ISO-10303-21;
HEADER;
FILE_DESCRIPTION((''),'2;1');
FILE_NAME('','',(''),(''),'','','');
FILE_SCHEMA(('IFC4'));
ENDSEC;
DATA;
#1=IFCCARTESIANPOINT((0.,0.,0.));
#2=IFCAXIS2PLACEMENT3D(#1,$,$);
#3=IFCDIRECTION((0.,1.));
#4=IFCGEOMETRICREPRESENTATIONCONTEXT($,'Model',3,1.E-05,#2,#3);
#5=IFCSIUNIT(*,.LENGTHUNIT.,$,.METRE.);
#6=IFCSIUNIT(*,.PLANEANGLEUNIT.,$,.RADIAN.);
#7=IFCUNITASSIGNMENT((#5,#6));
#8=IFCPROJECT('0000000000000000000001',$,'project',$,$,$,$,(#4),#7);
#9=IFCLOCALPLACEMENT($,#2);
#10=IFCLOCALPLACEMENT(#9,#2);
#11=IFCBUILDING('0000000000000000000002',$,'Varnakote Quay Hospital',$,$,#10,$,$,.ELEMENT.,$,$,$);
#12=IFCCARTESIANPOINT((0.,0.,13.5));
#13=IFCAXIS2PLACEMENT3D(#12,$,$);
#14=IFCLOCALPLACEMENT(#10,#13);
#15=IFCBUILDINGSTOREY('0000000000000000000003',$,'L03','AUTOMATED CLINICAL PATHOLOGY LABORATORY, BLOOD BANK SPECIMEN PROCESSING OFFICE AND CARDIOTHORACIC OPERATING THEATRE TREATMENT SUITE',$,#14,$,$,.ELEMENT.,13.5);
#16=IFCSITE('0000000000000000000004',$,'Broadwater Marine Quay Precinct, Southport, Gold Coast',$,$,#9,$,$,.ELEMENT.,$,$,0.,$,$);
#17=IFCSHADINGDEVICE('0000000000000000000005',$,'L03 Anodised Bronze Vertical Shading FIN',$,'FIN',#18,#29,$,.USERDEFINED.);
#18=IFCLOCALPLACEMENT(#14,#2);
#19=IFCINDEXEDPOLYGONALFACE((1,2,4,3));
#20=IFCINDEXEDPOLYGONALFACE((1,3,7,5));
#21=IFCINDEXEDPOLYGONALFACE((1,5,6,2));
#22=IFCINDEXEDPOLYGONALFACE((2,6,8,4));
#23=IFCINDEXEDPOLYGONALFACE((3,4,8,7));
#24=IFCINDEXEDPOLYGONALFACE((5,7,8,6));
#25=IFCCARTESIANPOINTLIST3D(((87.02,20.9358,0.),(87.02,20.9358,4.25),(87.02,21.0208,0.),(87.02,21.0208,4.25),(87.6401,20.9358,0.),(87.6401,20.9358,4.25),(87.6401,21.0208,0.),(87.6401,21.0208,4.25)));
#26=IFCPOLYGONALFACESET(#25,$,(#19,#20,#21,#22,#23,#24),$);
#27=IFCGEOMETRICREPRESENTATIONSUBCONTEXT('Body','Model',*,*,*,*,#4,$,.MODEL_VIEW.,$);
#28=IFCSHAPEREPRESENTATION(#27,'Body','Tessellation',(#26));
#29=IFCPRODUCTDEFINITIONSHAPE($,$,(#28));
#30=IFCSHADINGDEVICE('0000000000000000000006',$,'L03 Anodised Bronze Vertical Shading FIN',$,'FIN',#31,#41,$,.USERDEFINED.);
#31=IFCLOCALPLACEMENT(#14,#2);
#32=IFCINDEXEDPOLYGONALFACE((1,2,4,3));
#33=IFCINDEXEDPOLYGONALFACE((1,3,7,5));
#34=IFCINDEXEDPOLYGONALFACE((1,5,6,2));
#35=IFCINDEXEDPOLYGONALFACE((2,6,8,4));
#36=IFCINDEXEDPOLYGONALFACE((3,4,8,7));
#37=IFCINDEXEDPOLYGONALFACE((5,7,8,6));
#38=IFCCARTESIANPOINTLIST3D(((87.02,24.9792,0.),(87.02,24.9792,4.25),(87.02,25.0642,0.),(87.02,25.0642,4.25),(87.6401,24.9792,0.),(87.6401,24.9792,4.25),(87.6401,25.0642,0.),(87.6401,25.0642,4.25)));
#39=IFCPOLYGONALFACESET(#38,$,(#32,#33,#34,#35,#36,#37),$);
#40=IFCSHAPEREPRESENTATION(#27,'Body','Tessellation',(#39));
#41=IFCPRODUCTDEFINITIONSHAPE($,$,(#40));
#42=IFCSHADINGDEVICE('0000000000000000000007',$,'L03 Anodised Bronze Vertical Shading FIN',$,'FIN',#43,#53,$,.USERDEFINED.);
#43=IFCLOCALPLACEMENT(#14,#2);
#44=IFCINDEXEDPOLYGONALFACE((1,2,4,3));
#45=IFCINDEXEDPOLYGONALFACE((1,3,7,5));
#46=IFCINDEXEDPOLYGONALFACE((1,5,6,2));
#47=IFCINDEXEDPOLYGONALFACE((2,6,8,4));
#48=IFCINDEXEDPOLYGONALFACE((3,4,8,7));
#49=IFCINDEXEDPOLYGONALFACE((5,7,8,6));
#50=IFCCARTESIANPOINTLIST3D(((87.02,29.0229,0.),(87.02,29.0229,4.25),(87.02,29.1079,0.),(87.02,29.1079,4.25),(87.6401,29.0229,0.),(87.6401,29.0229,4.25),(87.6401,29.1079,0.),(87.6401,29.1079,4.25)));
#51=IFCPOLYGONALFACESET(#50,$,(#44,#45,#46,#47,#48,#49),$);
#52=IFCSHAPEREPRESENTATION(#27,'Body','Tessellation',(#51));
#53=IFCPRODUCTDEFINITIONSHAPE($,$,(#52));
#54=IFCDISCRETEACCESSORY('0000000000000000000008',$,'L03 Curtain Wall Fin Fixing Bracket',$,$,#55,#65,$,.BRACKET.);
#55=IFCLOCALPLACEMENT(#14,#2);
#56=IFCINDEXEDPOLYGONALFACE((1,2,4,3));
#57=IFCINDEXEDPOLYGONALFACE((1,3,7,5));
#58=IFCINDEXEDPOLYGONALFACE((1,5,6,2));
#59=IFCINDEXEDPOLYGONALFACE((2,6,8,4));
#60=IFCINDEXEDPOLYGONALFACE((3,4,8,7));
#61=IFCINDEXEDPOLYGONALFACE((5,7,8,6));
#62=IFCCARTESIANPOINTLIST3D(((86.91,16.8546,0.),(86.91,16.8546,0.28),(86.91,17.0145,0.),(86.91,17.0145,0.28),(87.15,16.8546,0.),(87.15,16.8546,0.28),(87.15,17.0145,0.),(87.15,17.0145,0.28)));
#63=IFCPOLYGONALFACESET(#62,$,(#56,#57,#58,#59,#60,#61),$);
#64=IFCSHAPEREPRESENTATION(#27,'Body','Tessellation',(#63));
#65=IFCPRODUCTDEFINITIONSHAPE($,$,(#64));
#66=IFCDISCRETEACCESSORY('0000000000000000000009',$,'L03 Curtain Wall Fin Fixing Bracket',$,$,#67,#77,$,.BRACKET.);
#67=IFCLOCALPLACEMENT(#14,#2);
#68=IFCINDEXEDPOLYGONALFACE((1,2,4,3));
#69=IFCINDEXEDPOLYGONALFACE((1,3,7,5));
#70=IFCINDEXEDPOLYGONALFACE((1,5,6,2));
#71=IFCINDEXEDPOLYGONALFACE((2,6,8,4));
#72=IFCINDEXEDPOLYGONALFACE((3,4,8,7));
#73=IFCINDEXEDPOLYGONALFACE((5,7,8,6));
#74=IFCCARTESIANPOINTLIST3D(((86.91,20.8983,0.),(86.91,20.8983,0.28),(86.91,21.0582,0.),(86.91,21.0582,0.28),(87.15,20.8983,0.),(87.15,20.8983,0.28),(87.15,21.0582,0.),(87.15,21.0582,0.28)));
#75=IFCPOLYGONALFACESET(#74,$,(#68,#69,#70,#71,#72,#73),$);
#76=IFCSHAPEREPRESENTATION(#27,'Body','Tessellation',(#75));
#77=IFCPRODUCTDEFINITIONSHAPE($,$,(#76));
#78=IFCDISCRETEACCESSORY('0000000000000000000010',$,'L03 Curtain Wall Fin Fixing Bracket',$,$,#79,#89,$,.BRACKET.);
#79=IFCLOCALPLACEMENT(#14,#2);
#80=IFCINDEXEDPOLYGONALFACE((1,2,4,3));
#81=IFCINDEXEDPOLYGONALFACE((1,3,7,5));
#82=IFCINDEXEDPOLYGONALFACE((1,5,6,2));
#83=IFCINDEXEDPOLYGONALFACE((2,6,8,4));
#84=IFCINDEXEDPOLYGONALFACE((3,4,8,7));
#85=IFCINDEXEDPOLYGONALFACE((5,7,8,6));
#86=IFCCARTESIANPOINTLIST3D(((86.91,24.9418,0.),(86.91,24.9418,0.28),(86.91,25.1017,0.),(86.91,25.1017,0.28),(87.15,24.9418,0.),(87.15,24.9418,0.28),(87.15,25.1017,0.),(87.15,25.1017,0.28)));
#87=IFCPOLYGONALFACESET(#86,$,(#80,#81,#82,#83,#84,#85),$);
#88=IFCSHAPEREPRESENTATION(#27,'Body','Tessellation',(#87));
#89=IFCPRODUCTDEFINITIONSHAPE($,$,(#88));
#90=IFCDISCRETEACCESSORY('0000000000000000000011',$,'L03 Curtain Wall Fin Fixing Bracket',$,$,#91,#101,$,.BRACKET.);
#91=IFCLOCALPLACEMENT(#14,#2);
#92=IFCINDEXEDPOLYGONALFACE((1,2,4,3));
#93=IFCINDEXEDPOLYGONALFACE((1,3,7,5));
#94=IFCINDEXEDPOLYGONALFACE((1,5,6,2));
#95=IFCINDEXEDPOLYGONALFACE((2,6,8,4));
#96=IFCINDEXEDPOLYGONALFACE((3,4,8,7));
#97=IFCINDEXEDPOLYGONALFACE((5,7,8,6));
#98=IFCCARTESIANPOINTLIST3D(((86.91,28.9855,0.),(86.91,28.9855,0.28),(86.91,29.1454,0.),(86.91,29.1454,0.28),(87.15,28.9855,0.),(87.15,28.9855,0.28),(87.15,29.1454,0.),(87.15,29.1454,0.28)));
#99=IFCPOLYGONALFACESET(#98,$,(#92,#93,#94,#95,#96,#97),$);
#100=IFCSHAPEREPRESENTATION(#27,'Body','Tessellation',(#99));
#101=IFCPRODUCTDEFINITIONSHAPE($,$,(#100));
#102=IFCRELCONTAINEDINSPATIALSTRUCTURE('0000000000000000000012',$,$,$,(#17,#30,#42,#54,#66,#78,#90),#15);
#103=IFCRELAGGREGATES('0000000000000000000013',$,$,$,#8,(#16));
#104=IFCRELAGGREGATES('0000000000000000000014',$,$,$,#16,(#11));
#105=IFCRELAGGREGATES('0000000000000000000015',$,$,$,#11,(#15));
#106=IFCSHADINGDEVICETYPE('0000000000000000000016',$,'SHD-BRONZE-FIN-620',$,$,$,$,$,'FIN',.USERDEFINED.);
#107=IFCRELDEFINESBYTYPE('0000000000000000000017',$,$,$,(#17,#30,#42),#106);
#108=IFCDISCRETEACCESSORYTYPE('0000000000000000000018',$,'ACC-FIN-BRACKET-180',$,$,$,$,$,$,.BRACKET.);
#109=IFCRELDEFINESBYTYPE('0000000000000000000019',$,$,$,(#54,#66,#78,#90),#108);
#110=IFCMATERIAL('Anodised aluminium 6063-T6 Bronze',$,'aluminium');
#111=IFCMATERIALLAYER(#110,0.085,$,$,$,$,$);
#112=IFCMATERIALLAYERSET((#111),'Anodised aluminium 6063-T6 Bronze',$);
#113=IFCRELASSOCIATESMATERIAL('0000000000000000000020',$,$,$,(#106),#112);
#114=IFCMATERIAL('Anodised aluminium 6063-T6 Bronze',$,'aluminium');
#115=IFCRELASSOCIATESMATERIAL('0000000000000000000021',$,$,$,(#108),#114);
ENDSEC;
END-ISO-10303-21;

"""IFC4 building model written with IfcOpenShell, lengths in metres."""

from ifc_helpers import new_model, si_unit, direction, frame, origin, origin_2d, place, context, subcontext, project, spatial, rectangle, extrude, material, layer, layer_set, type_object, element, save


model = new_model("IFC4")

# Units and contexts
model_context = context("Model", 3, precision=1e-05, world=origin(), true_north=direction((0.0, 1.0)))
body_context = subcontext(model_context, "Body", "Model", "MODEL_VIEW")
ifc_project = project(units=[si_unit("LENGTHUNIT", "METRE"), si_unit("PLANEANGLEUNIT", "RADIAN")], contexts=[model_context])

# Site, building, storey
site_placement = place(None, origin())
site = spatial("IfcSite", under=ifc_project, at=site_placement, Name="Broadwater Marine Quay Precinct, Southport, Gold Coast", CompositionType="ELEMENT", RefElevation=0.0)
building_placement = place(site_placement, origin())
building = spatial("IfcBuilding", under=site, at=building_placement, Name="Varnakote Quay Hospital", CompositionType="ELEMENT")
storey_placement = place(building_placement, frame((0.0, 0.0, 13.5)))
storey = spatial("IfcBuildingStorey", under=building, at=storey_placement, Name="L03", Description="AUTOMATED CLINICAL PATHOLOGY LABORATORY, BLOOD BANK SPECIMEN PROCESSING OFFICE AND CARDIOTHORACIC OPERATING THEATRE TREATMENT SUITE", CompositionType="ELEMENT", Elevation=13.5)

# Shading devices
ifc_material_1 = material(Name="Anodised aluminium 6063-T6 Bronze", Category="aluminium")
ifc_layer_1 = layer(ifc_material_1, 0.085)
ifc_layer_set_1 = layer_set([ifc_layer_1], Name="Anodised aluminium 6063-T6 Bronze")
shading_device_type = type_object("IfcShadingDeviceType", Name="SHD-BRONZE-FIN-620", ElementType="FIN", PredefinedType="USERDEFINED", material=ifc_layer_set_1)
for number, where, z_axis, x_axis, name in (
    (1, (87.3301, 20.9783, 0.0), (0.0, 0.0, 1.0), (-1.0, 0.0, 0.0), "L03 Anodised Bronze Vertical Shading FIN"),
    (2, (87.3301, 25.0217, 0.0), (0.0, 0.0, 1.0), (-1.0, 0.0, 0.0), "L03 Anodised Bronze Vertical Shading FIN"),
    (3, (87.3301, 29.0654, 0.0), (0.0, 0.0, 1.0), (-1.0, 0.0, 0.0), "L03 Anodised Bronze Vertical Shading FIN"),
):
    element("IfcShadingDevice", number, at=place(storey_placement, frame(where, z_axis=z_axis, x_axis=x_axis)), inside=storey, type_object=shading_device_type, Name=name, ObjectType="FIN", PredefinedType="USERDEFINED", context=body_context, shape_type="SweptSolid", body=[
        extrude(rectangle(XDim=0.6201, YDim=0.085, at=origin_2d()), origin(), (0.0, 0.0, 1.0), 4.25),
    ])

# Discrete accessories
ifc_material_2 = material(Name="Anodised aluminium 6063-T6 Bronze", Category="aluminium")
discrete_accessory_type = type_object("IfcDiscreteAccessoryType", Name="ACC-FIN-BRACKET-180", PredefinedType="BRACKET", material=ifc_material_2)
for number, where, z_axis, x_axis, name in (
    (4, (87.03, 16.9346, 0.0), (0.0, 0.0, 1.0), (0.0, 1.0, 0.0), "L03 Curtain Wall Fin Fixing Bracket"),
    (5, (87.03, 20.9783, 0.0), (0.0, 0.0, 1.0), (0.0, 1.0, 0.0), "L03 Curtain Wall Fin Fixing Bracket"),
    (6, (87.03, 25.0217, 0.0), (0.0, 0.0, 1.0), (0.0, 1.0, 0.0), "L03 Curtain Wall Fin Fixing Bracket"),
    (7, (87.03, 29.0654, 0.0), (0.0, 0.0, 1.0), (0.0, 1.0, 0.0), "L03 Curtain Wall Fin Fixing Bracket"),
):
    element("IfcDiscreteAccessory", number, at=place(storey_placement, frame(where, z_axis=z_axis, x_axis=x_axis)), inside=storey, type_object=discrete_accessory_type, Name=name, PredefinedType="BRACKET", context=body_context, shape_type="SweptSolid", body=[
        extrude(rectangle(XDim=0.1599, YDim=0.24, at=origin_2d()), origin(), (0.0, 0.0, 1.0), 0.28),
    ])

save(model, "model.ifc")
